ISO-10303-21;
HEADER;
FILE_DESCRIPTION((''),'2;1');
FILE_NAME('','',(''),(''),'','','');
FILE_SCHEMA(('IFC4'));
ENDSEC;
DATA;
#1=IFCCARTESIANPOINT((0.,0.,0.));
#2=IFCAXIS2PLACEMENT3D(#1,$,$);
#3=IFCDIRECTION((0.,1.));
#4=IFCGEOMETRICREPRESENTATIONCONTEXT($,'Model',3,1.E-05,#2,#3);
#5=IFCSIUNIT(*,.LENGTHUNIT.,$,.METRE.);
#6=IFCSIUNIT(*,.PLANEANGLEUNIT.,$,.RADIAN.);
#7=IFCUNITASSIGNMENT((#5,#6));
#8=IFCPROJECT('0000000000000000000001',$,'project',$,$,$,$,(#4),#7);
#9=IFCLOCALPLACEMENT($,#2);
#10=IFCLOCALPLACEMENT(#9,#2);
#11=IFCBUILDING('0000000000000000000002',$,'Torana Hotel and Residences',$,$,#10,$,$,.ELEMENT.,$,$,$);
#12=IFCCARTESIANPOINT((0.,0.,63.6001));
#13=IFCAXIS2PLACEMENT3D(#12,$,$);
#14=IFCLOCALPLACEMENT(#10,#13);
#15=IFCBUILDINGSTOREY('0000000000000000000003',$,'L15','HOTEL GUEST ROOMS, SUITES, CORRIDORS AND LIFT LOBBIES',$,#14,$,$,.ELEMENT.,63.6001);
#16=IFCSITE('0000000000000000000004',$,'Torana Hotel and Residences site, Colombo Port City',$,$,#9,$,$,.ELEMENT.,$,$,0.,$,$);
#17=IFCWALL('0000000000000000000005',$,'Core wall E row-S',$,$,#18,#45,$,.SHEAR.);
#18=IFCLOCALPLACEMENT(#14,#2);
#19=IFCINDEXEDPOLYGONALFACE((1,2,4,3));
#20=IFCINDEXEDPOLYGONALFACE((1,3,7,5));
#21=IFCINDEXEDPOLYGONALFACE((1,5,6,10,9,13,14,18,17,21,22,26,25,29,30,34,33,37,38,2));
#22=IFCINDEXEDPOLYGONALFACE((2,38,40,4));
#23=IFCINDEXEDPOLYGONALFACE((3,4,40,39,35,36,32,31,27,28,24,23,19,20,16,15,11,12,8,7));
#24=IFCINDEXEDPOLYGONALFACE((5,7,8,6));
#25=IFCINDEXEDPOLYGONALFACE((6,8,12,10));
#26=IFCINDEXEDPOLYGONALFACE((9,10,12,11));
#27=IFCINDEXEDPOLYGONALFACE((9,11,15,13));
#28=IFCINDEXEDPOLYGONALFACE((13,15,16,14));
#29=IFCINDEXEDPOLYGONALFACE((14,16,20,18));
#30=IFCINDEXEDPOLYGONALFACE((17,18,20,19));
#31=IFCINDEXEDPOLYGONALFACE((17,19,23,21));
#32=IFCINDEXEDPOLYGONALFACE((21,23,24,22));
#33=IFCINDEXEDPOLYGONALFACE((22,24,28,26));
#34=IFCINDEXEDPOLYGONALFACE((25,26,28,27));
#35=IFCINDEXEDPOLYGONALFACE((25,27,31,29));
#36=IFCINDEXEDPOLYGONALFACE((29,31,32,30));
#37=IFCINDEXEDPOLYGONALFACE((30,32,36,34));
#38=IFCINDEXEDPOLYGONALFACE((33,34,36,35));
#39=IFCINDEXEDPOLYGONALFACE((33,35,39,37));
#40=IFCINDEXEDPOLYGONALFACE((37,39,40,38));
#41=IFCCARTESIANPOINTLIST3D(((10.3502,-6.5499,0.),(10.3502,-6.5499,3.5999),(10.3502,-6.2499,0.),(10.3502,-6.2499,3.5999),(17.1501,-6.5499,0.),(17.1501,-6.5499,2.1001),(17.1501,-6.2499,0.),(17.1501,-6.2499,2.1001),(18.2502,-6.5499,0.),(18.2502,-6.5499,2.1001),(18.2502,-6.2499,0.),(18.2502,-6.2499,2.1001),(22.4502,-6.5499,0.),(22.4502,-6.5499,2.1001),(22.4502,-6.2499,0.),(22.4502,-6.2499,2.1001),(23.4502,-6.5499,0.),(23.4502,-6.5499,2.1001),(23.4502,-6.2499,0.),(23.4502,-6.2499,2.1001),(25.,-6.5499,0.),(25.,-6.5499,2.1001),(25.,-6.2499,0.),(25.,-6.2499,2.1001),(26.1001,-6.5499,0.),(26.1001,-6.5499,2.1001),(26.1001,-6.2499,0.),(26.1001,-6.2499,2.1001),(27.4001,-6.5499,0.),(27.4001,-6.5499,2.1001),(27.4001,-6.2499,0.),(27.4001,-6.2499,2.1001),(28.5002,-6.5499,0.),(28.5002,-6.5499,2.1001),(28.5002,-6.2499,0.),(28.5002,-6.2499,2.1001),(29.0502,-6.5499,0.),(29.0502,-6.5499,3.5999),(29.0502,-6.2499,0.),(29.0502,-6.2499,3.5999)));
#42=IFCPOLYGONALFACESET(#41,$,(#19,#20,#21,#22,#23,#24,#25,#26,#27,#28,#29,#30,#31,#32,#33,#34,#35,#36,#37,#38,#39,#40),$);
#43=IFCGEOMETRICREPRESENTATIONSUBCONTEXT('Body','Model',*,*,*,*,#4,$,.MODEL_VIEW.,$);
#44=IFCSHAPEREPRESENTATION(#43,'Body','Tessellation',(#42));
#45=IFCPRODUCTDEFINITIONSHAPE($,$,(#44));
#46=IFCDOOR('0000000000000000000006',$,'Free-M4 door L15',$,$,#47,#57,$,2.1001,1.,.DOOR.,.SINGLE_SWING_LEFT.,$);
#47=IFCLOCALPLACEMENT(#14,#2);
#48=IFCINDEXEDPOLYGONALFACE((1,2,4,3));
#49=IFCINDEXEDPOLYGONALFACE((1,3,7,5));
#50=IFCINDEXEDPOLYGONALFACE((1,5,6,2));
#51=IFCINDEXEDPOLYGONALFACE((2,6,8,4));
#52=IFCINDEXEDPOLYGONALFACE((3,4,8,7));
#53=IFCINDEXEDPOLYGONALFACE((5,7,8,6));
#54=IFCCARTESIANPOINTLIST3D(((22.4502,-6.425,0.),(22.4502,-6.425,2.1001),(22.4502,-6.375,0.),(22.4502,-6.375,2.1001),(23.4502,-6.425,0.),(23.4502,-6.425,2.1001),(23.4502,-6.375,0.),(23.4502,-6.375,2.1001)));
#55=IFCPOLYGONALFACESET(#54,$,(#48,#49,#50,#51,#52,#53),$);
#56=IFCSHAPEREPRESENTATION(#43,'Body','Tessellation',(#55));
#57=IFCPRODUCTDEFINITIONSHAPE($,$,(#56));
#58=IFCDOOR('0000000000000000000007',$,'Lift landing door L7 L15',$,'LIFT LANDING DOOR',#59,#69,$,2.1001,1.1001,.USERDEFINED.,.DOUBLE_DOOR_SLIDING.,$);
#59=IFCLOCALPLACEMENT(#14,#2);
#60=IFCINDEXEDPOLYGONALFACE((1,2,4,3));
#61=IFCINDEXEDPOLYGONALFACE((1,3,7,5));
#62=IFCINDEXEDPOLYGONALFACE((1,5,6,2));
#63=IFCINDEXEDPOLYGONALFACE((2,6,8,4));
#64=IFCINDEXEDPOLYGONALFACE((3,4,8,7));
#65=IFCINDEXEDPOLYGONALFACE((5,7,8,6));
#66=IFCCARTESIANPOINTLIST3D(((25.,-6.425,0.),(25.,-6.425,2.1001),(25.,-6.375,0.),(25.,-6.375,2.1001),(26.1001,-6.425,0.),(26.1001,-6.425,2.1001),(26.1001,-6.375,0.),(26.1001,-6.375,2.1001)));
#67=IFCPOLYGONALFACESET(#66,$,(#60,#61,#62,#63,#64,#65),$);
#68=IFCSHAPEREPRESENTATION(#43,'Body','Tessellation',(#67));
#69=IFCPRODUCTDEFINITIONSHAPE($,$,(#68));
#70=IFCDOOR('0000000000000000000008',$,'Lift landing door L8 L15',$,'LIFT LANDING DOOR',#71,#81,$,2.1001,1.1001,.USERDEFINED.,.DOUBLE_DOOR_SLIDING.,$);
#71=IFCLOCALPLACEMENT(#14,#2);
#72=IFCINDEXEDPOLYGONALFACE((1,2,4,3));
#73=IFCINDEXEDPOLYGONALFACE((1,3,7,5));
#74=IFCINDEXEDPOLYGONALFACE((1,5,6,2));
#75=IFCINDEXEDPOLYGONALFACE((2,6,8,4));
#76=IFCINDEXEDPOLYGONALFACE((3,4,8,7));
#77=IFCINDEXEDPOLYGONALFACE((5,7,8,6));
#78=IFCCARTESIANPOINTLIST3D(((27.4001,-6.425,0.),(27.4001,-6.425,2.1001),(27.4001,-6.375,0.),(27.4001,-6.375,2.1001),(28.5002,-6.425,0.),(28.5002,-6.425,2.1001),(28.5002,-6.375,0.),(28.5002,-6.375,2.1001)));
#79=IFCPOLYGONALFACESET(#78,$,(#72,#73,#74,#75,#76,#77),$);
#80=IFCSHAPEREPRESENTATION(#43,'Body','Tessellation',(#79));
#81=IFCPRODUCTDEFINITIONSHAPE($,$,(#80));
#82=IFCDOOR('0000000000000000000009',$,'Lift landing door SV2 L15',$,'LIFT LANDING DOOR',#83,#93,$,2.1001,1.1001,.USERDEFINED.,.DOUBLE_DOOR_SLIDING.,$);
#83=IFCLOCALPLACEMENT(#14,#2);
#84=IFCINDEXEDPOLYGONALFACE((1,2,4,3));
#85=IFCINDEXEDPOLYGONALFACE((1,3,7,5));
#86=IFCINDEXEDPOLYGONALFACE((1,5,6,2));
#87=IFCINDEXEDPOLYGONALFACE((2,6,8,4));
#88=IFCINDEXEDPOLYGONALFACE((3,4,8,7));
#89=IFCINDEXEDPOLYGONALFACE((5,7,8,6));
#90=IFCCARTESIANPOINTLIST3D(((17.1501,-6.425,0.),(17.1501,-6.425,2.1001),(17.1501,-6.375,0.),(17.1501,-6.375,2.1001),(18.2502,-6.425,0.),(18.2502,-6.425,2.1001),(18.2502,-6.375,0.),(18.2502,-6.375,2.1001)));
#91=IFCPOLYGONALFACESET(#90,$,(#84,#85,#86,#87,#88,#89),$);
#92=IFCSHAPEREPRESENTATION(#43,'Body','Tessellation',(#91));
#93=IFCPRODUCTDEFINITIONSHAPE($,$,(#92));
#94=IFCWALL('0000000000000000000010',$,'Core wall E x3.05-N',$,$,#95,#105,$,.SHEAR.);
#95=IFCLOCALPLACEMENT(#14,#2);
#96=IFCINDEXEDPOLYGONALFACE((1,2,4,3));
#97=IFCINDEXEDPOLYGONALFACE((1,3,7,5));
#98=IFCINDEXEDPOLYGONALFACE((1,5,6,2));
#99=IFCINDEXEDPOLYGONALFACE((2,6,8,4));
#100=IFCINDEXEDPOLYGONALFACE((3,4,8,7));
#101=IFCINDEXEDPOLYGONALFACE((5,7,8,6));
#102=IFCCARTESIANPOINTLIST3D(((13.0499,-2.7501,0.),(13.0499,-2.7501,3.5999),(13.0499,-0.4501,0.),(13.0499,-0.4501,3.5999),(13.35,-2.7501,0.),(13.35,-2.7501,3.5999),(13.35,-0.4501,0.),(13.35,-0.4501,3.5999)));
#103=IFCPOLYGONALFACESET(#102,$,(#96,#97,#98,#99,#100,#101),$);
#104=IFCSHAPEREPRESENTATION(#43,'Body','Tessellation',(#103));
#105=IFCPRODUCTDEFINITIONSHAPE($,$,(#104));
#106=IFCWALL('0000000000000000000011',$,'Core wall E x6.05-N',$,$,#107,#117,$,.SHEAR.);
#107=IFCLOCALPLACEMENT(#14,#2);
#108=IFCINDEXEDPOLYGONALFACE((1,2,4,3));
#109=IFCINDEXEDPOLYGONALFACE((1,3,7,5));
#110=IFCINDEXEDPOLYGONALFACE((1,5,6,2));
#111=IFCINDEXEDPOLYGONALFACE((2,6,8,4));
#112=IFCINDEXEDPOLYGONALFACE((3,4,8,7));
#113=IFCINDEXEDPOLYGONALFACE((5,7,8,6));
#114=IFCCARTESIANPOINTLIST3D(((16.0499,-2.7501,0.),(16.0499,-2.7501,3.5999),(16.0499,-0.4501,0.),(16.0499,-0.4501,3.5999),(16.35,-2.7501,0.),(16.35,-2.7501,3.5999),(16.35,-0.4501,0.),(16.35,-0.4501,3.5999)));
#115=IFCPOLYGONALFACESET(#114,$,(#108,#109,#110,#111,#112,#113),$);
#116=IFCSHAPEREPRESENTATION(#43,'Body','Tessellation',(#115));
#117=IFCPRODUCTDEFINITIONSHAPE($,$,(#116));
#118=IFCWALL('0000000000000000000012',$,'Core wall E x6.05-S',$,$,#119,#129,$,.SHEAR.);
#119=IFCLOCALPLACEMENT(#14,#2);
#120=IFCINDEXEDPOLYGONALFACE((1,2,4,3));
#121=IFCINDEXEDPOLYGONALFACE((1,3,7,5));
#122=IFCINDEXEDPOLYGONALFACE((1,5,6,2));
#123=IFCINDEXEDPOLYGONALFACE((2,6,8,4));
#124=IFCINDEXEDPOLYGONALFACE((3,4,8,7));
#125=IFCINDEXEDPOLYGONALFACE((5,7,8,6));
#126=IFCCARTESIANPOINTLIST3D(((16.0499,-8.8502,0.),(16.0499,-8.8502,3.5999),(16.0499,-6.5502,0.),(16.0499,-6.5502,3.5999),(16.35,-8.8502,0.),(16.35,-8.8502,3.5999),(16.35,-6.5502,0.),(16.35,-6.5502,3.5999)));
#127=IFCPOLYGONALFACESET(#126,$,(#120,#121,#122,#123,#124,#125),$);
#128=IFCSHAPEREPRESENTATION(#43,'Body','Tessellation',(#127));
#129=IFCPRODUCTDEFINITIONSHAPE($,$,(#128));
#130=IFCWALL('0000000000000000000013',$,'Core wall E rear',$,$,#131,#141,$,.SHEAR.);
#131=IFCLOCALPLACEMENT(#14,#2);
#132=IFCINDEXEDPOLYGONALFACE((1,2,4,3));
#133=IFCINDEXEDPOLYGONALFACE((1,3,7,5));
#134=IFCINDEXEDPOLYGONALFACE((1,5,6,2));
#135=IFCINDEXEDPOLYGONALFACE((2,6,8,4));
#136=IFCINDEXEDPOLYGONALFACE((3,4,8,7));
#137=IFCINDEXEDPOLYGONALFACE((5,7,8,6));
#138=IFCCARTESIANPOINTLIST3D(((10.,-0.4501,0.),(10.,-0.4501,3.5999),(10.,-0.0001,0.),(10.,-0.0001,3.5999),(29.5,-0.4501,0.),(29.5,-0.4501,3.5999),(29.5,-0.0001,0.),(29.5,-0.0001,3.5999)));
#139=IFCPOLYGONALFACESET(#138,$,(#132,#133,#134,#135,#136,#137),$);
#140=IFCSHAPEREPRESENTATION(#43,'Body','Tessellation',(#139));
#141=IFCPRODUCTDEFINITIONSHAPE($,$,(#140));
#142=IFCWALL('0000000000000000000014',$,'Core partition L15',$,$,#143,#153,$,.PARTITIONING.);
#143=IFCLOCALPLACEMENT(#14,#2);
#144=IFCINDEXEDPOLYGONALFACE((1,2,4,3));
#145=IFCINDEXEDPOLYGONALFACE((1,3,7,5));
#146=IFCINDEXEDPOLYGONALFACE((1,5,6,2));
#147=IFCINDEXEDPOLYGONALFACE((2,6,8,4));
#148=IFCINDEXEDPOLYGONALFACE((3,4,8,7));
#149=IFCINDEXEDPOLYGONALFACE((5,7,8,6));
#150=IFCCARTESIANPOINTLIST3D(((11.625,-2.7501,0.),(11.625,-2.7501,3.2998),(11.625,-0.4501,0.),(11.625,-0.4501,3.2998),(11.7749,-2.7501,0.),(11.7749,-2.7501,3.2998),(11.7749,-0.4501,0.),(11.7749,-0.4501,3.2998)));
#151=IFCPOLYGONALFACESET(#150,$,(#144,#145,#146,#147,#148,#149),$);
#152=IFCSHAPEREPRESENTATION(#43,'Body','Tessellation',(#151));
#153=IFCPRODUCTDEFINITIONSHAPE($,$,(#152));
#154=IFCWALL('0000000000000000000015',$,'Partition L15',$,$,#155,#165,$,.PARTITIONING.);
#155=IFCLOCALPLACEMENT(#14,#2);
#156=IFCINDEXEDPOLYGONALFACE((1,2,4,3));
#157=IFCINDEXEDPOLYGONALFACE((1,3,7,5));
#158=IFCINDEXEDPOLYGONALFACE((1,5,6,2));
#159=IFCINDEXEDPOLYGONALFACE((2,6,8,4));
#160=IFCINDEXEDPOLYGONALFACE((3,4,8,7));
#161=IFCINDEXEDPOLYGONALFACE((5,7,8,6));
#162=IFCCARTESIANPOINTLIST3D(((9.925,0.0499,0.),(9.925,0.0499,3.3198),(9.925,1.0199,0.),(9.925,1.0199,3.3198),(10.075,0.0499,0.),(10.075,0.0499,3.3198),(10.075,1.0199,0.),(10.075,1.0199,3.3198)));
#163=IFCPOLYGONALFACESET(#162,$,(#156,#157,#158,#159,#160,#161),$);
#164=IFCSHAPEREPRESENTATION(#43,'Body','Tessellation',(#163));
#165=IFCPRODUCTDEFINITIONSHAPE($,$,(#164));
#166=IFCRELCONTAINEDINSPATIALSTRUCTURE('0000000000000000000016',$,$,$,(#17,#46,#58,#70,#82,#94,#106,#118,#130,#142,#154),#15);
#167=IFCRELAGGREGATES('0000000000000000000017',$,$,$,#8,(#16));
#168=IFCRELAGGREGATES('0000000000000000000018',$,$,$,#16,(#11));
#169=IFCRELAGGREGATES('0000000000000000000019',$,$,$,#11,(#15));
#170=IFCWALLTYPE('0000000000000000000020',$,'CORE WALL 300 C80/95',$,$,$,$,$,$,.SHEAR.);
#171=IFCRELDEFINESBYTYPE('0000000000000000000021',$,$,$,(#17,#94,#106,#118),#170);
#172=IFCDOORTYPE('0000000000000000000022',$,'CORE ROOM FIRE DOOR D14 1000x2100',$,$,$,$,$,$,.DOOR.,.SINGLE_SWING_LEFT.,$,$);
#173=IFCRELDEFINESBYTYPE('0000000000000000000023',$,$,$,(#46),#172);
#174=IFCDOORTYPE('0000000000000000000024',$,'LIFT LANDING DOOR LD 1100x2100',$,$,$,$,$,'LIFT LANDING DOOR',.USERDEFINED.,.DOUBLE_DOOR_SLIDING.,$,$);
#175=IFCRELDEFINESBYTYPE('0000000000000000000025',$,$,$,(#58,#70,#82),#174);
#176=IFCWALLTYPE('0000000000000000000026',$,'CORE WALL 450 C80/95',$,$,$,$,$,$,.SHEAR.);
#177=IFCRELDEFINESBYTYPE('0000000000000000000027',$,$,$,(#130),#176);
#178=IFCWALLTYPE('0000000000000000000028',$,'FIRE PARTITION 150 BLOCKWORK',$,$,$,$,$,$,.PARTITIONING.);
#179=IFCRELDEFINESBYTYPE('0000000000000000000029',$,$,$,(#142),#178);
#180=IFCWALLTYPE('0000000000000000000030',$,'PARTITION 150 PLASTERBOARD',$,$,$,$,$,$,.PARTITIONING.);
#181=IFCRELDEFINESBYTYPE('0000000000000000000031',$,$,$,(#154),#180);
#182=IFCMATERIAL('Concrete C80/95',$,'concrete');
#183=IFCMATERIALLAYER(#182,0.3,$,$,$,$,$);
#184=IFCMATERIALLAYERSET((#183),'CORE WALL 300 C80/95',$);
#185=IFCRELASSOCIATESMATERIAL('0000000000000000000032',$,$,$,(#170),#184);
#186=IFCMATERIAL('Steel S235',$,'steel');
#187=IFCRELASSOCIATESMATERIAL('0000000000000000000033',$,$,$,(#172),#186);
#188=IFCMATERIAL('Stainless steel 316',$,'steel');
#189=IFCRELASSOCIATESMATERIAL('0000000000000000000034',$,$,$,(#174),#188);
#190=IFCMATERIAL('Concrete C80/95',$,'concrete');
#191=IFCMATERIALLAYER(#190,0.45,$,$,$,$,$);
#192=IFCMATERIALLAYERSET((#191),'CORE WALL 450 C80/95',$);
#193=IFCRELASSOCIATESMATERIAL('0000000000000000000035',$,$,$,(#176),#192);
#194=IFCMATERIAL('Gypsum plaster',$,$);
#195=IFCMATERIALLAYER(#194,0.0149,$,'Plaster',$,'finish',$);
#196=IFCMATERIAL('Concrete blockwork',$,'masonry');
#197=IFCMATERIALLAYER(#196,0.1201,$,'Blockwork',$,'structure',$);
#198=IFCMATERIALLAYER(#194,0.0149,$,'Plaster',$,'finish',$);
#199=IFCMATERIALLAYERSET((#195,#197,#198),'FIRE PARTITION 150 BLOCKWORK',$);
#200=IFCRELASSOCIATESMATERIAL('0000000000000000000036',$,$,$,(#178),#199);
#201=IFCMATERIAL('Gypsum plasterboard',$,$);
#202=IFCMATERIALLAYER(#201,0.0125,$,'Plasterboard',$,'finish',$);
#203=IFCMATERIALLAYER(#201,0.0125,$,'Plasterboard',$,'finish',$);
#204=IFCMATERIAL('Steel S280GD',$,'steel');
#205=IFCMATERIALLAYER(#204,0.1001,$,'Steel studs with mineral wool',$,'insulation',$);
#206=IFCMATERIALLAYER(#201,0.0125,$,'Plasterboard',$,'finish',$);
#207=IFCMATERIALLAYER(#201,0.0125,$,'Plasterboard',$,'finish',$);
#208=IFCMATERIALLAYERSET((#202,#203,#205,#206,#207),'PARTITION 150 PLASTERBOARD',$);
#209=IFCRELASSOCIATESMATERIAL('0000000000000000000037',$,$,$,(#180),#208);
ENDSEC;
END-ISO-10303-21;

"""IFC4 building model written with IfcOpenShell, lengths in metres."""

from ifc_helpers import new_model, si_unit, direction, frame, frame_2d, origin, place, context, subcontext, project, spatial, rectangle, extrude, material, layer, layer_set, type_object, element, fill, save


model = new_model("IFC4")

# Units and contexts
model_context = context("Model", 3, precision=1e-05, world=origin(), true_north=direction((0.0, 1.0)))
body_context = subcontext(model_context, "Body", "Model", "MODEL_VIEW")
ifc_project = project(units=[si_unit("LENGTHUNIT", "METRE"), si_unit("PLANEANGLEUNIT", "RADIAN")], contexts=[model_context])

# Site, building, storey
site_placement = place(None, origin())
site = spatial("IfcSite", under=ifc_project, at=site_placement, Name="Torana Hotel and Residences site, Colombo Port City", CompositionType="ELEMENT", RefElevation=0.0)
building_placement = place(site_placement, origin())
building = spatial("IfcBuilding", under=site, at=building_placement, Name="Torana Hotel and Residences", CompositionType="ELEMENT")
storey_placement = place(building_placement, frame((0.0, 0.0, 63.6001)))
storey = spatial("IfcBuildingStorey", under=building, at=storey_placement, Name="L15", Description="HOTEL GUEST ROOMS, SUITES, CORRIDORS AND LIFT LOBBIES", CompositionType="ELEMENT", Elevation=63.6001)

# Wall, openings, doors
ifc_material_1 = material(Name="Concrete C80/95", Category="concrete")
ifc_layer_1 = layer(ifc_material_1, 0.3)
ifc_layer_set_1 = layer_set([ifc_layer_1], Name="CORE WALL 300 C80/95")
wall_type_1 = type_object("IfcWallType", Name="CORE WALL 300 C80/95", PredefinedType="SHEAR", material=ifc_layer_set_1)
ifc_material_2 = material(Name="Steel S235", Category="steel")
door_type_1 = type_object("IfcDoorType", Name="CORE ROOM FIRE DOOR D14 1000x2100", OperationType="SINGLE_SWING_LEFT", PredefinedType="DOOR", material=ifc_material_2)
ifc_material_3 = material(Name="Stainless steel 316", Category="steel")
door_type_2 = type_object("IfcDoorType", Name="LIFT LANDING DOOR LD 1100x2100", ElementType="LIFT LANDING DOOR", OperationType="DOUBLE_DOOR_SLIDING", PredefinedType="USERDEFINED", material=ifc_material_3)
wall_1_placement = place(storey_placement, frame((10.3501, -6.3999, 0.0), z_axis=(0.0, 0.0, 1.0), x_axis=(1.0, 0.0, 0.0)))
wall_1 = element("IfcWall", 1, at=wall_1_placement, inside=storey, type_object=wall_type_1, Name="Core wall E row-S", PredefinedType="SHEAR", context=body_context, shape_type="SweptSolid", body=[
    extrude(rectangle(XDim=18.7, YDim=0.3, at=frame_2d((9.3501, 0.0))), origin(), (0.0, 0.0, 1.0), 3.5999),
])
opening_1_placement = place(wall_1_placement, frame((14.6499, 0.0, 0.0)))
opening_1 = element("IfcOpeningElement", 2, at=opening_1_placement, cuts=wall_1, PredefinedType="OPENING", context=body_context, shape_type="SweptSolid", body=[
    extrude(rectangle(XDim=1.1001, YDim=2.1001, at=frame_2d((0.55, 1.05))), frame((0.0, 0.1599, 0.0), z_axis=(0.0, -1.0, 0.0), x_axis=(1.0, 0.0, 0.0)), (0.0, 0.0, 1.0), 0.3201),
])
opening_2_placement = place(wall_1_placement, frame((17.05, 0.0, 0.0)))
opening_2 = element("IfcOpeningElement", 3, at=opening_2_placement, cuts=wall_1, PredefinedType="OPENING", context=body_context, shape_type="SweptSolid", body=[
    extrude(rectangle(XDim=1.1001, YDim=2.1001, at=frame_2d((0.55, 1.05))), frame((0.0, 0.1599, 0.0), z_axis=(0.0, -1.0, 0.0), x_axis=(1.0, 0.0, 0.0)), (0.0, 0.0, 1.0), 0.3201),
])
opening_3_placement = place(wall_1_placement, frame((6.8, 0.0, 0.0)))
opening_3 = element("IfcOpeningElement", 4, at=opening_3_placement, cuts=wall_1, PredefinedType="OPENING", context=body_context, shape_type="SweptSolid", body=[
    extrude(rectangle(XDim=1.1001, YDim=2.1001, at=frame_2d((0.55, 1.05))), frame((0.0, 0.1599, 0.0), z_axis=(0.0, -1.0, 0.0), x_axis=(1.0, 0.0, 0.0)), (0.0, 0.0, 1.0), 0.3201),
])
opening_4_placement = place(wall_1_placement, frame((12.1001, 0.0, 0.0)))
opening_4 = element("IfcOpeningElement", 5, at=opening_4_placement, cuts=wall_1, PredefinedType="OPENING", context=body_context, shape_type="SweptSolid", body=[
    extrude(rectangle(XDim=1.0, YDim=2.1001, at=frame_2d((0.5, 1.05))), frame((0.0, 0.1599, 0.0), z_axis=(0.0, -1.0, 0.0), x_axis=(1.0, 0.0, 0.0)), (0.0, 0.0, 1.0), 0.3201),
])
door_1_placement = place(opening_4_placement, frame((0.5, 0.0, 0.0), z_axis=(0.0, 0.0, 1.0), x_axis=(-1.0, 0.0, 0.0)))
door_1 = element("IfcDoor", 6, at=door_1_placement, inside=storey, type_object=door_type_1, Name="Free-M4 door L15", OperationType="SINGLE_SWING_LEFT", OverallHeight=2.1001, OverallWidth=1.0, PredefinedType="DOOR", context=body_context, shape_type="SweptSolid", body=[
    extrude(rectangle(XDim=1.0, YDim=2.1001, at=frame_2d((0.0, 1.05))), frame((0.0, -0.0249, 0.0), z_axis=(0.0, 1.0, 0.0), x_axis=(-1.0, 0.0, 0.0)), (0.0, 0.0, 1.0), 0.05),
])
fill(opening_4, door_1)
door_2_placement = place(opening_1_placement, origin())
door_2 = element("IfcDoor", 7, at=door_2_placement, inside=storey, type_object=door_type_2, Name="Lift landing door L7 L15", ObjectType="LIFT LANDING DOOR", OperationType="DOUBLE_DOOR_SLIDING", OverallHeight=2.1001, OverallWidth=1.1001, PredefinedType="USERDEFINED", context=body_context, shape_type="SweptSolid", body=[
    extrude(rectangle(XDim=1.1001, YDim=2.1001, at=frame_2d((0.55, 1.05))), frame((0.0, 0.0249, 0.0), z_axis=(0.0, -1.0, 0.0), x_axis=(1.0, 0.0, 0.0)), (0.0, 0.0, 1.0), 0.05),
])
fill(opening_1, door_2)
door_3_placement = place(opening_2_placement, origin())
door_3 = element("IfcDoor", 8, at=door_3_placement, inside=storey, type_object=door_type_2, Name="Lift landing door L8 L15", ObjectType="LIFT LANDING DOOR", OperationType="DOUBLE_DOOR_SLIDING", OverallHeight=2.1001, OverallWidth=1.1001, PredefinedType="USERDEFINED", context=body_context, shape_type="SweptSolid", body=[
    extrude(rectangle(XDim=1.1001, YDim=2.1001, at=frame_2d((0.55, 1.05))), frame((0.0, 0.0249, 0.0), z_axis=(0.0, -1.0, 0.0), x_axis=(1.0, 0.0, 0.0)), (0.0, 0.0, 1.0), 0.05),
])
fill(opening_2, door_3)
door_4_placement = place(opening_3_placement, origin())
door_4 = element("IfcDoor", 9, at=door_4_placement, inside=storey, type_object=door_type_2, Name="Lift landing door SV2 L15", ObjectType="LIFT LANDING DOOR", OperationType="DOUBLE_DOOR_SLIDING", OverallHeight=2.1001, OverallWidth=1.1001, PredefinedType="USERDEFINED", context=body_context, shape_type="SweptSolid", body=[
    extrude(rectangle(XDim=1.1001, YDim=2.1001, at=frame_2d((0.55, 1.05))), frame((0.0, 0.0249, 0.0), z_axis=(0.0, -1.0, 0.0), x_axis=(1.0, 0.0, 0.0)), (0.0, 0.0, 1.0), 0.05),
])
fill(opening_3, door_4)

# Walls
for number, where, z_axis, x_axis, name in (
    (10, (13.2, -2.75, 0.0), (0.0, 0.0, 1.0), (0.0, 1.0, 0.0), "Core wall E x3.05-N"),
    (11, (16.2, -2.75, 0.0), (0.0, 0.0, 1.0), (0.0, 1.0, 0.0), "Core wall E x6.05-N"),
    (12, (16.2, -8.8501, 0.0), (0.0, 0.0, 1.0), (0.0, 1.0, 0.0), "Core wall E x6.05-S"),
):
    element("IfcWall", number, at=place(storey_placement, frame(where, z_axis=z_axis, x_axis=x_axis)), inside=storey, type_object=wall_type_1, Name=name, PredefinedType="SHEAR", context=body_context, shape_type="SweptSolid", body=[
        extrude(rectangle(XDim=2.3, YDim=0.3, at=frame_2d((1.1499, 0.0))), origin(), (0.0, 0.0, 1.0), 3.5999),
    ])
ifc_material_4 = material(Name="Concrete C80/95", Category="concrete")
ifc_layer_2 = layer(ifc_material_4, 0.45)
ifc_layer_set_2 = layer_set([ifc_layer_2], Name="CORE WALL 450 C80/95")
wall_type_2 = type_object("IfcWallType", Name="CORE WALL 450 C80/95", PredefinedType="SHEAR", material=ifc_layer_set_2)
wall_2_placement = place(storey_placement, frame((10.0, -0.2251, 0.0), z_axis=(0.0, 0.0, 1.0), x_axis=(1.0, 0.0, 0.0)))
element("IfcWall", 13, at=wall_2_placement, inside=storey, type_object=wall_type_2, Name="Core wall E rear", PredefinedType="SHEAR", context=body_context, shape_type="SweptSolid", body=[
    extrude(rectangle(XDim=19.5, YDim=0.45, at=frame_2d((9.75, 0.0))), origin(), (0.0, 0.0, 1.0), 3.5999),
])
ifc_material_5 = material(Name="Gypsum plaster")
ifc_layer_3 = layer(ifc_material_5, 0.0149, Name="Plaster", Category="finish")
ifc_material_6 = material(Name="Concrete blockwork", Category="masonry")
ifc_layer_4 = layer(ifc_material_6, 0.1201, Name="Blockwork", Category="structure")
ifc_layer_5 = layer(ifc_material_5, 0.0149, Name="Plaster", Category="finish")
ifc_layer_set_3 = layer_set([ifc_layer_3, ifc_layer_4, ifc_layer_5], Name="FIRE PARTITION 150 BLOCKWORK")
wall_type_3 = type_object("IfcWallType", Name="FIRE PARTITION 150 BLOCKWORK", PredefinedType="PARTITIONING", material=ifc_layer_set_3)
wall_3_placement = place(storey_placement, frame((11.7, -2.75, 0.0), z_axis=(0.0, 0.0, 1.0), x_axis=(0.0, 1.0, 0.0)))
element("IfcWall", 14, at=wall_3_placement, inside=storey, type_object=wall_type_3, Name="Core partition L15", PredefinedType="PARTITIONING", context=body_context, shape_type="SweptSolid", body=[
    extrude(rectangle(XDim=2.3, YDim=0.1499, at=frame_2d((1.1499, 0.0))), origin(), (0.0, 0.0, 1.0), 3.2998),
])
ifc_material_7 = material(Name="Gypsum plasterboard")
ifc_layer_6 = layer(ifc_material_7, 0.0125, Name="Plasterboard", Category="finish")
ifc_layer_7 = layer(ifc_material_7, 0.0125, Name="Plasterboard", Category="finish")
ifc_material_8 = material(Name="Steel S280GD", Category="steel")
ifc_layer_8 = layer(ifc_material_8, 0.1001, Name="Steel studs with mineral wool", Category="insulation")
ifc_layer_9 = layer(ifc_material_7, 0.0125, Name="Plasterboard", Category="finish")
ifc_layer_10 = layer(ifc_material_7, 0.0125, Name="Plasterboard", Category="finish")
ifc_layer_set_4 = layer_set([ifc_layer_6, ifc_layer_7, ifc_layer_8, ifc_layer_9, ifc_layer_10], Name="PARTITION 150 PLASTERBOARD")
wall_type_4 = type_object("IfcWallType", Name="PARTITION 150 PLASTERBOARD", PredefinedType="PARTITIONING", material=ifc_layer_set_4)
wall_4_placement = place(storey_placement, frame((10.0, 0.05, 0.0), z_axis=(0.0, 0.0, 1.0), x_axis=(0.0, 1.0, 0.0)))
element("IfcWall", 15, at=wall_4_placement, inside=storey, type_object=wall_type_4, Name="Partition L15", PredefinedType="PARTITIONING", context=body_context, shape_type="SweptSolid", body=[
    extrude(rectangle(XDim=0.97, YDim=0.1499, at=frame_2d((0.4849, 0.0))), origin(), (0.0, 0.0, 1.0), 3.3198),
])

save(model, "model.ifc")
